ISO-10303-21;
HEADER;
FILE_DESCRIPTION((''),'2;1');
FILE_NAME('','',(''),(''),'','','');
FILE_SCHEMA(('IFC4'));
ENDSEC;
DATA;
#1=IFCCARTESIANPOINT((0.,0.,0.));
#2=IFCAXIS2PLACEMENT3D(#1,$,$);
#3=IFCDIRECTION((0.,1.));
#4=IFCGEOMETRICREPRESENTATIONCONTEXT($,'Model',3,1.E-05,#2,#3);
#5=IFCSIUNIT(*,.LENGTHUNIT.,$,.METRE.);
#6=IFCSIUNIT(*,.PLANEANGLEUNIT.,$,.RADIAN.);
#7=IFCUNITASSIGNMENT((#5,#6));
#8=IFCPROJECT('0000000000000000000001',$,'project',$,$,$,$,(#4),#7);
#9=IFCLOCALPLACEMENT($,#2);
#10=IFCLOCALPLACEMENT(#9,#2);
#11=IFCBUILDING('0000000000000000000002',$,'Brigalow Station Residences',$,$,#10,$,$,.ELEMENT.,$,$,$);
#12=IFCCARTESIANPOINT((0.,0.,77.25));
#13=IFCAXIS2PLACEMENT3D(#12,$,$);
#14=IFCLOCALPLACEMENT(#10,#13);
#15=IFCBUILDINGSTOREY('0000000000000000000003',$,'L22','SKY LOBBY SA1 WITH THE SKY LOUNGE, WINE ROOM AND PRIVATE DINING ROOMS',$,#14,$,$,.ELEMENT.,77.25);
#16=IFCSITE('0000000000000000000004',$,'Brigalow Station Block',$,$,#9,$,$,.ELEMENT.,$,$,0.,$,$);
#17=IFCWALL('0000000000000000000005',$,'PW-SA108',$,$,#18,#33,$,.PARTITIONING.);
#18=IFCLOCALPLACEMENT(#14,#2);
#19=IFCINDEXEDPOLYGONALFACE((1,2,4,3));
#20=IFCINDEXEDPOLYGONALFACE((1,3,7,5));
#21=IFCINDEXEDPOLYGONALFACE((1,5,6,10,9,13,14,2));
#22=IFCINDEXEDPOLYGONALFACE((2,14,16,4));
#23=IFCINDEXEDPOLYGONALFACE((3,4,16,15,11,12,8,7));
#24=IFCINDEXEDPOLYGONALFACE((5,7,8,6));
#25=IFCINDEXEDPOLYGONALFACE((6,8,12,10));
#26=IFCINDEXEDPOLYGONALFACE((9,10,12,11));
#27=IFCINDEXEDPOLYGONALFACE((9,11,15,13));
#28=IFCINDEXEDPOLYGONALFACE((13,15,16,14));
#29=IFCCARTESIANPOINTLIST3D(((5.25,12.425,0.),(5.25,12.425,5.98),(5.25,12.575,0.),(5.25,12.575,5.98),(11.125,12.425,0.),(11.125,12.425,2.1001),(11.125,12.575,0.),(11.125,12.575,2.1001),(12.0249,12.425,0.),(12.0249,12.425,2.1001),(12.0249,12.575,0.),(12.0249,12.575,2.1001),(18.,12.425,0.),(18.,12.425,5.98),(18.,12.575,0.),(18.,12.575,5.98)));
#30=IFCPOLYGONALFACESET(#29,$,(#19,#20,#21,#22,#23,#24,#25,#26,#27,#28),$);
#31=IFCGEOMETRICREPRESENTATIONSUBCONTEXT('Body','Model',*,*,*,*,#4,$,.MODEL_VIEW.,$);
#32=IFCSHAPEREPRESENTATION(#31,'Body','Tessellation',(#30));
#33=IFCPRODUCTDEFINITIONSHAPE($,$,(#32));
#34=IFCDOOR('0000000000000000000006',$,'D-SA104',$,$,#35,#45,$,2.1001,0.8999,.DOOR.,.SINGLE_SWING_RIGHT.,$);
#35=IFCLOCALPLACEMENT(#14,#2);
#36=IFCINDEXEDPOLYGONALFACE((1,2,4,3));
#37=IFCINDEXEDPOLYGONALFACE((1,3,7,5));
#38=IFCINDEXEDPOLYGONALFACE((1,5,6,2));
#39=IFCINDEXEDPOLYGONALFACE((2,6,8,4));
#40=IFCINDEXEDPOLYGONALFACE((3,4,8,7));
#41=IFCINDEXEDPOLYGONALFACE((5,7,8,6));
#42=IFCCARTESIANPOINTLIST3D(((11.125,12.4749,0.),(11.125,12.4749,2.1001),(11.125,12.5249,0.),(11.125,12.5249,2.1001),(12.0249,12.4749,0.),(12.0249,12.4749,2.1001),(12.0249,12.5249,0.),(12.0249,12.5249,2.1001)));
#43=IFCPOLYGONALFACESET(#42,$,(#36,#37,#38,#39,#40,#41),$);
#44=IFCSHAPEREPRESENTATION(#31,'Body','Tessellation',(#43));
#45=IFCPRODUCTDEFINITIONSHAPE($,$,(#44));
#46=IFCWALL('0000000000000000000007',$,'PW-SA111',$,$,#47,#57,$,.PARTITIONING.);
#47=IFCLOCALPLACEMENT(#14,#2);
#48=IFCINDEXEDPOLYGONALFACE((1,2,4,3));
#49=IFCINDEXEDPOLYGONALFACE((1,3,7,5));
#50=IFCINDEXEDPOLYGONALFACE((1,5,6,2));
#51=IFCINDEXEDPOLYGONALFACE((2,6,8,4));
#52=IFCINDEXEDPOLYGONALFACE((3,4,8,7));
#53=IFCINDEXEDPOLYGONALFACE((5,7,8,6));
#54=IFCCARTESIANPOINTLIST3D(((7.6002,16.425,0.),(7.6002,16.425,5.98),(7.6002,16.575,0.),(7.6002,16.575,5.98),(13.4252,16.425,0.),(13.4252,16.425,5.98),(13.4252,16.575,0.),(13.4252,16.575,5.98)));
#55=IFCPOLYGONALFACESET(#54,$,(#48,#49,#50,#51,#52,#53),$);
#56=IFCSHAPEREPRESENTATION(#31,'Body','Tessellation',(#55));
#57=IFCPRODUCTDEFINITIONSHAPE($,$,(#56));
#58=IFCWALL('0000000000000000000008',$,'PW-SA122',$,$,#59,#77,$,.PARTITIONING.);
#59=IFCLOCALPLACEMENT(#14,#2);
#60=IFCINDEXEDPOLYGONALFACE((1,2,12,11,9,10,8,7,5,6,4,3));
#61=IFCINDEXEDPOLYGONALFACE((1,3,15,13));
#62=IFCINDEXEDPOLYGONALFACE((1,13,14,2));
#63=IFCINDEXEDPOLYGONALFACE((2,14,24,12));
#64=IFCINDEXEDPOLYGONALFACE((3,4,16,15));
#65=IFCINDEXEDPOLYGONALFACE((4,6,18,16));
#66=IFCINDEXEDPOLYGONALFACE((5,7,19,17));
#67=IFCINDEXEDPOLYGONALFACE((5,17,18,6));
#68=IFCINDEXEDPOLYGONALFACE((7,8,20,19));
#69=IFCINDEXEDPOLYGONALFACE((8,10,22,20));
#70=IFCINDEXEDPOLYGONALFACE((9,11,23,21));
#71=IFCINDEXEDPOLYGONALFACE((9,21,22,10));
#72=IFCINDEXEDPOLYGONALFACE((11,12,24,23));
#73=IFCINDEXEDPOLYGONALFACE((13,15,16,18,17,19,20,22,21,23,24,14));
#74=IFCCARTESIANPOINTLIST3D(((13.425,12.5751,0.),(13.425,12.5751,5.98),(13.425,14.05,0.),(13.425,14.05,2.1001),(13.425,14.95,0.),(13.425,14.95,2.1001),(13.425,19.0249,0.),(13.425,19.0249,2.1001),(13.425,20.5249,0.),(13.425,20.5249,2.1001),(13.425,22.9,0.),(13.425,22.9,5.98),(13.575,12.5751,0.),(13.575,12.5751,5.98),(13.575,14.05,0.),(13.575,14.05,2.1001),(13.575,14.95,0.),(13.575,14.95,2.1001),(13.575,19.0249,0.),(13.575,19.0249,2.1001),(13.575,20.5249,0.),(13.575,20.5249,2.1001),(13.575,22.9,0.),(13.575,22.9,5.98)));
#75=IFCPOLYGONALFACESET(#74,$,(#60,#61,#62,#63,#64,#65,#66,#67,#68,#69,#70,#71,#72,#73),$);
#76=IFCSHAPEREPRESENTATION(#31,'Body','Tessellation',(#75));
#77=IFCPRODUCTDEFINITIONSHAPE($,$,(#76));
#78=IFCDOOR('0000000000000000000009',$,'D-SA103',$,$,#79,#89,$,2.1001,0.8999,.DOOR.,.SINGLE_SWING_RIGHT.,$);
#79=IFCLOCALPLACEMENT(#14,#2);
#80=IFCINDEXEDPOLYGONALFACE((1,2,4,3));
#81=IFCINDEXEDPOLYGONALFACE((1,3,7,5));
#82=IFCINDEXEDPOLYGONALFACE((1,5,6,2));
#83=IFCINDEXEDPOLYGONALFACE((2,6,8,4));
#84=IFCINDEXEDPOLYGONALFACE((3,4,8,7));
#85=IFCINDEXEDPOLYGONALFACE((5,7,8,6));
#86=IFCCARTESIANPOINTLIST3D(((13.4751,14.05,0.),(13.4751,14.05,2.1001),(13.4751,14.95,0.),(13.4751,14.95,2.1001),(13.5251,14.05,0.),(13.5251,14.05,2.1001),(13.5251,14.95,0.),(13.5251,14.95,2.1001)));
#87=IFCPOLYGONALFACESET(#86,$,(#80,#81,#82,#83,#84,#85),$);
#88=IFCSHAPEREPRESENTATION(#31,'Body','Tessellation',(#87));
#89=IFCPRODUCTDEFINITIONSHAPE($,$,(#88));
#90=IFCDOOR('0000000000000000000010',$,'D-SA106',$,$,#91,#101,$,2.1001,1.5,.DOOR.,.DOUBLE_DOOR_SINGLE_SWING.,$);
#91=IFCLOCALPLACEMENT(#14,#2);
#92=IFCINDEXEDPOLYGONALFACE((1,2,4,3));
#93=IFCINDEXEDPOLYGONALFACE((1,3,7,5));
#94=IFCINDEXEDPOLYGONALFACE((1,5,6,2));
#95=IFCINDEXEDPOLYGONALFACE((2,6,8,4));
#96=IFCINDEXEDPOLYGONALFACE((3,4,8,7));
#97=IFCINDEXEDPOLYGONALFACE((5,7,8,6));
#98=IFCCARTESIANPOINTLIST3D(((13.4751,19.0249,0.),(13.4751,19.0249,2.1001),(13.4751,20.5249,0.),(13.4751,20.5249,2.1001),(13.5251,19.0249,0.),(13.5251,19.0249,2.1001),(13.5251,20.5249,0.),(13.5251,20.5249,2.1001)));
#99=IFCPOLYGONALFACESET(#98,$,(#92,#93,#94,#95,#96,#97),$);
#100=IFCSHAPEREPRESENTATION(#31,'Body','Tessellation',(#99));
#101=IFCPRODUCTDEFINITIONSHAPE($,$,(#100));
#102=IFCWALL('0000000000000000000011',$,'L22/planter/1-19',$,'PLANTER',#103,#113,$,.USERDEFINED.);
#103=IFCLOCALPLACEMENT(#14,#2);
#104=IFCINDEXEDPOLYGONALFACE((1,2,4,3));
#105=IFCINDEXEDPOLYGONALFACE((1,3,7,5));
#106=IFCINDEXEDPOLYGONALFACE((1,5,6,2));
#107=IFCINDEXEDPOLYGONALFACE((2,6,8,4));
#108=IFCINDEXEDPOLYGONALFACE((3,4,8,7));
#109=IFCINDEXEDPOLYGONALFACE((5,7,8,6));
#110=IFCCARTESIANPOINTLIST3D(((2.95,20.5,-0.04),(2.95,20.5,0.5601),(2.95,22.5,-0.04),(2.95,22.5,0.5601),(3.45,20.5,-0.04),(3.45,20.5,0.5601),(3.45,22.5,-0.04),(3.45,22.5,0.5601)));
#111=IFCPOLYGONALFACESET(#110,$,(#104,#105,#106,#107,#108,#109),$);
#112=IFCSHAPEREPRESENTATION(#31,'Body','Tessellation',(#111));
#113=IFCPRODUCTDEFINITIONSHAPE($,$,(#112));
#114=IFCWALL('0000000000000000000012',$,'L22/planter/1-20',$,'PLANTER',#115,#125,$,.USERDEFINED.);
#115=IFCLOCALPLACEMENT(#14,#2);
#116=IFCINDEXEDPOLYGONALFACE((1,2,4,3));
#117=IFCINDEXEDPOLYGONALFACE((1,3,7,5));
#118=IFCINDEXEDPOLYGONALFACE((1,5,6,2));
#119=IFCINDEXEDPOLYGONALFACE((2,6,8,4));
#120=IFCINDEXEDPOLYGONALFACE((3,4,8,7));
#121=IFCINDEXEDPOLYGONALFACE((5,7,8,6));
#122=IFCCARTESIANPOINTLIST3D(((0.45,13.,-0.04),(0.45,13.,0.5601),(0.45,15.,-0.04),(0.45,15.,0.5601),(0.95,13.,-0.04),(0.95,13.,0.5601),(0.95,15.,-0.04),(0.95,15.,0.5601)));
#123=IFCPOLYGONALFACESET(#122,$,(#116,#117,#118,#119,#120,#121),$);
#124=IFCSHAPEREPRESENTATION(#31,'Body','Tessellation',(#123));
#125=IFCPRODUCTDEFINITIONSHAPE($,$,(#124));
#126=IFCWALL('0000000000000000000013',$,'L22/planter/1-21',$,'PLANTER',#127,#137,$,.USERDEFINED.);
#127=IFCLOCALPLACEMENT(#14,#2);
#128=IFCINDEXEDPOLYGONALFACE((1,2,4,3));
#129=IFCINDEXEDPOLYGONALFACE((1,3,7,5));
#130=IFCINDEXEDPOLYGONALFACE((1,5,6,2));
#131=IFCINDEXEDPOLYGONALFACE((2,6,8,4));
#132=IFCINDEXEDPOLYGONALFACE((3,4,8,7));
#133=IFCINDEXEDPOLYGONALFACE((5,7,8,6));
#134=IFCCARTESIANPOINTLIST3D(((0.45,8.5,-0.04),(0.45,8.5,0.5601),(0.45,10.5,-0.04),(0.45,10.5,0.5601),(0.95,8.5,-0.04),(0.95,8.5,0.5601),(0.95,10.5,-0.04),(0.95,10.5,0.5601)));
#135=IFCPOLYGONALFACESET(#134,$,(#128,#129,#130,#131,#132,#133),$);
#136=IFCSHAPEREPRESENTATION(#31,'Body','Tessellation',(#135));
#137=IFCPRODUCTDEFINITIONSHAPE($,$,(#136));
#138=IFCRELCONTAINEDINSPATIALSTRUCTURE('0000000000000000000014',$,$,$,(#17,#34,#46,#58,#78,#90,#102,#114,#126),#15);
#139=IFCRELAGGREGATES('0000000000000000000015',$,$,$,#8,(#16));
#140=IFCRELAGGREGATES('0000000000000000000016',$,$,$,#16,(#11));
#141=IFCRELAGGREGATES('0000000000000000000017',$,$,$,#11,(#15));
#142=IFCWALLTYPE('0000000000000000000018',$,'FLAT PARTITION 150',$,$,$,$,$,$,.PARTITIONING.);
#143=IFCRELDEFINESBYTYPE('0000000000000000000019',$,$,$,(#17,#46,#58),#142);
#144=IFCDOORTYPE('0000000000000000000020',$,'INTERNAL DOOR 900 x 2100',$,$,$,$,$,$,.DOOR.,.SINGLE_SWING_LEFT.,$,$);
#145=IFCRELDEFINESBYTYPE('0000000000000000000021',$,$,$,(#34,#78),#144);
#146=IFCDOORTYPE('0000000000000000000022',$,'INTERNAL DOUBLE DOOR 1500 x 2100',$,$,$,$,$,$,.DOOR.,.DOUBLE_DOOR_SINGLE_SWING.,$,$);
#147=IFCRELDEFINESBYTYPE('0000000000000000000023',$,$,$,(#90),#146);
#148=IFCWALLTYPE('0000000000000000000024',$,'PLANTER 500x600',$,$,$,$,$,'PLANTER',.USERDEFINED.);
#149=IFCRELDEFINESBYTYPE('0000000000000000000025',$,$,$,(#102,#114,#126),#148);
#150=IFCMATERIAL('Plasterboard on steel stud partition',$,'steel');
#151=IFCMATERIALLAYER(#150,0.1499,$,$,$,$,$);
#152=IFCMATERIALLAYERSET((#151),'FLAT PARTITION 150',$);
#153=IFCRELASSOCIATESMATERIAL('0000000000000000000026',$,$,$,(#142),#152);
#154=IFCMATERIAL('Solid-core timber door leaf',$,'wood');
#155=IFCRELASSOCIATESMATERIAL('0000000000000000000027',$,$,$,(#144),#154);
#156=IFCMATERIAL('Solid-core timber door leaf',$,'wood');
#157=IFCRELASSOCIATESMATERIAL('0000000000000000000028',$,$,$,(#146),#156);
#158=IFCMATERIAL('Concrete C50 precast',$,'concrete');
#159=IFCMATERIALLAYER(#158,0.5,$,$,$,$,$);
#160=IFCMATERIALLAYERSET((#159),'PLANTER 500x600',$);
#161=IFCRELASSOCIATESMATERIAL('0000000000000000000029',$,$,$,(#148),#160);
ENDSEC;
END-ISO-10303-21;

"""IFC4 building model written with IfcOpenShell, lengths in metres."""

from ifc_helpers import new_model, si_unit, direction, frame, frame_2d, origin, place, context, subcontext, project, spatial, rectangle, extrude, material, layer, layer_set, type_object, element, fill, save


model = new_model("IFC4")

# Units and contexts
model_context = context("Model", 3, precision=1e-05, world=origin(), true_north=direction((0.0, 1.0)))
body_context = subcontext(model_context, "Body", "Model", "MODEL_VIEW")
ifc_project = project(units=[si_unit("LENGTHUNIT", "METRE"), si_unit("PLANEANGLEUNIT", "RADIAN")], contexts=[model_context])

# Site, building, storey
site_placement = place(None, origin())
site = spatial("IfcSite", under=ifc_project, at=site_placement, Name="Brigalow Station Block", CompositionType="ELEMENT", RefElevation=0.0)
building_placement = place(site_placement, origin())
building = spatial("IfcBuilding", under=site, at=building_placement, Name="Brigalow Station Residences", CompositionType="ELEMENT")
storey_placement = place(building_placement, frame((0.0, 0.0, 77.25)))
storey = spatial("IfcBuildingStorey", under=building, at=storey_placement, Name="L22", Description="SKY LOBBY SA1 WITH THE SKY LOUNGE, WINE ROOM AND PRIVATE DINING ROOMS", CompositionType="ELEMENT", Elevation=77.25)

# Wall, opening, door
ifc_material_1 = material(Name="Plasterboard on steel stud partition", Category="steel")
ifc_layer_1 = layer(ifc_material_1, 0.1499)
ifc_layer_set_1 = layer_set([ifc_layer_1], Name="FLAT PARTITION 150")
wall_type_1 = type_object("IfcWallType", Name="FLAT PARTITION 150", PredefinedType="PARTITIONING", material=ifc_layer_set_1)
wall_1_placement = place(storey_placement, frame((5.25, 12.5, 0.0), z_axis=(0.0, 0.0, 1.0), x_axis=(1.0, 0.0, 0.0)))
wall_1 = element("IfcWall", 1, at=wall_1_placement, inside=storey, type_object=wall_type_1, Name="PW-SA108", PredefinedType="PARTITIONING", context=body_context, shape_type="SweptSolid", body=[
    extrude(rectangle(XDim=12.75, YDim=0.1499, at=frame_2d((6.375, 0.0))), origin(), (0.0, 0.0, 1.0), 5.98),
])
opening_1_placement = place(wall_1_placement, frame((5.875, 0.0, 0.0)))
opening_1 = element("IfcOpeningElement", 2, at=opening_1_placement, cuts=wall_1, PredefinedType="OPENING", context=body_context, shape_type="SweptSolid", body=[
    extrude(rectangle(XDim=0.8999, YDim=2.1001, at=frame_2d((0.45, 1.05))), frame((0.0, 0.085, 0.0), z_axis=(0.0, -1.0, 0.0), x_axis=(1.0, 0.0, 0.0)), (0.0, 0.0, 1.0), 0.1699),
])
ifc_material_2 = material(Name="Solid-core timber door leaf", Category="wood")
door_type_1 = type_object("IfcDoorType", Name="INTERNAL DOOR 900 x 2100", OperationType="SINGLE_SWING_LEFT", PredefinedType="DOOR", material=ifc_material_2)
door_1_placement = place(opening_1_placement, origin())
door_1 = element("IfcDoor", 3, at=door_1_placement, inside=storey, type_object=door_type_1, Name="D-SA104", OperationType="SINGLE_SWING_RIGHT", OverallHeight=2.1001, OverallWidth=0.8999, PredefinedType="DOOR", context=body_context, shape_type="SweptSolid", body=[
    extrude(rectangle(XDim=0.8999, YDim=2.1001, at=frame_2d((0.45, 1.05))), frame((0.0, 0.0249, 0.0), z_axis=(0.0, -1.0, 0.0), x_axis=(1.0, 0.0, 0.0)), (0.0, 0.0, 1.0), 0.05),
])
fill(opening_1, door_1)

# Wall
wall_2_placement = place(storey_placement, frame((7.6001, 16.5, 0.0), z_axis=(0.0, 0.0, 1.0), x_axis=(1.0, 0.0, 0.0)))
element("IfcWall", 4, at=wall_2_placement, inside=storey, type_object=wall_type_1, Name="PW-SA111", PredefinedType="PARTITIONING", context=body_context, shape_type="SweptSolid", body=[
    extrude(rectangle(XDim=5.825, YDim=0.1499, at=frame_2d((2.9126, 0.0))), origin(), (0.0, 0.0, 1.0), 5.98),
])

# Wall, openings, doors
wall_3_placement = place(storey_placement, frame((13.5, 12.575, 0.0), z_axis=(0.0, 0.0, 1.0), x_axis=(0.0, 1.0, 0.0)))
wall_3 = element("IfcWall", 5, at=wall_3_placement, inside=storey, type_object=wall_type_1, Name="PW-SA122", PredefinedType="PARTITIONING", context=body_context, shape_type="SweptSolid", body=[
    extrude(rectangle(XDim=10.325, YDim=0.1499, at=frame_2d((5.1626, 0.0))), origin(), (0.0, 0.0, 1.0), 5.98),
])
opening_2_placement = place(wall_3_placement, frame((1.4751, 0.0, 0.0)))
opening_2 = element("IfcOpeningElement", 6, at=opening_2_placement, cuts=wall_3, PredefinedType="OPENING", context=body_context, shape_type="SweptSolid", body=[
    extrude(rectangle(XDim=0.8999, YDim=2.1001, at=frame_2d((0.45, 1.05))), frame((0.0, 0.085, 0.0), z_axis=(0.0, -1.0, 0.0), x_axis=(1.0, 0.0, 0.0)), (0.0, 0.0, 1.0), 0.1699),
])
opening_3_placement = place(wall_3_placement, frame((6.45, 0.0, 0.0)))
opening_3 = element("IfcOpeningElement", 7, at=opening_3_placement, cuts=wall_3, PredefinedType="OPENING", context=body_context, shape_type="SweptSolid", body=[
    extrude(rectangle(XDim=1.5, YDim=2.1001, at=frame_2d((0.75, 1.05))), frame((0.0, 0.085, 0.0), z_axis=(0.0, -1.0, 0.0), x_axis=(1.0, 0.0, 0.0)), (0.0, 0.0, 1.0), 0.1699),
])
door_2_placement = place(opening_2_placement, origin())
door_2 = element("IfcDoor", 8, at=door_2_placement, inside=storey, type_object=door_type_1, Name="D-SA103", OperationType="SINGLE_SWING_RIGHT", OverallHeight=2.1001, OverallWidth=0.8999, PredefinedType="DOOR", context=body_context, shape_type="SweptSolid", body=[
    extrude(rectangle(XDim=0.8999, YDim=2.1001, at=frame_2d((0.45, 1.05))), frame((0.0, 0.0249, 0.0), z_axis=(0.0, -1.0, 0.0), x_axis=(1.0, 0.0, 0.0)), (0.0, 0.0, 1.0), 0.05),
])
fill(opening_2, door_2)
ifc_material_3 = material(Name="Solid-core timber door leaf", Category="wood")
door_type_2 = type_object("IfcDoorType", Name="INTERNAL DOUBLE DOOR 1500 x 2100", OperationType="DOUBLE_DOOR_SINGLE_SWING", PredefinedType="DOOR", material=ifc_material_3)
door_3_placement = place(opening_3_placement, origin())
door_3 = element("IfcDoor", 9, at=door_3_placement, inside=storey, type_object=door_type_2, Name="D-SA106", OperationType="DOUBLE_DOOR_SINGLE_SWING", OverallHeight=2.1001, OverallWidth=1.5, PredefinedType="DOOR", context=body_context, shape_type="SweptSolid", body=[
    extrude(rectangle(XDim=1.5, YDim=2.1001, at=frame_2d((0.75, 1.05))), frame((0.0, 0.0249, 0.0), z_axis=(0.0, -1.0, 0.0), x_axis=(1.0, 0.0, 0.0)), (0.0, 0.0, 1.0), 0.05),
])
fill(opening_3, door_3)

# Walls
ifc_material_4 = material(Name="Concrete C50 precast", Category="concrete")
ifc_layer_2 = layer(ifc_material_4, 0.5)
ifc_layer_set_2 = layer_set([ifc_layer_2], Name="PLANTER 500x600")
wall_type_2 = type_object("IfcWallType", Name="PLANTER 500x600", ElementType="PLANTER", PredefinedType="USERDEFINED", material=ifc_layer_set_2)
for number, where, z_axis, x_axis, name in (
    (10, (3.2, 22.5, -0.04), (0.0, 0.0, 1.0), (0.0, -1.0, 0.0), "L22/planter/1-19"),
    (11, (0.7, 15.0, -0.04), (0.0, 0.0, 1.0), (0.0, -1.0, 0.0), "L22/planter/1-20"),
    (12, (0.7, 10.5, -0.04), (0.0, 0.0, 1.0), (0.0, -1.0, 0.0), "L22/planter/1-21"),
):
    element("IfcWall", number, at=place(storey_placement, frame(where, z_axis=z_axis, x_axis=x_axis)), inside=storey, type_object=wall_type_2, Name=name, ObjectType="PLANTER", PredefinedType="USERDEFINED", context=body_context, shape_type="SweptSolid", body=[
        extrude(rectangle(XDim=2.0, YDim=0.5, at=frame_2d((1.0, 0.0))), origin(), (0.0, 0.0, 1.0), 0.6001),
    ])

save(model, "model.ifc")
